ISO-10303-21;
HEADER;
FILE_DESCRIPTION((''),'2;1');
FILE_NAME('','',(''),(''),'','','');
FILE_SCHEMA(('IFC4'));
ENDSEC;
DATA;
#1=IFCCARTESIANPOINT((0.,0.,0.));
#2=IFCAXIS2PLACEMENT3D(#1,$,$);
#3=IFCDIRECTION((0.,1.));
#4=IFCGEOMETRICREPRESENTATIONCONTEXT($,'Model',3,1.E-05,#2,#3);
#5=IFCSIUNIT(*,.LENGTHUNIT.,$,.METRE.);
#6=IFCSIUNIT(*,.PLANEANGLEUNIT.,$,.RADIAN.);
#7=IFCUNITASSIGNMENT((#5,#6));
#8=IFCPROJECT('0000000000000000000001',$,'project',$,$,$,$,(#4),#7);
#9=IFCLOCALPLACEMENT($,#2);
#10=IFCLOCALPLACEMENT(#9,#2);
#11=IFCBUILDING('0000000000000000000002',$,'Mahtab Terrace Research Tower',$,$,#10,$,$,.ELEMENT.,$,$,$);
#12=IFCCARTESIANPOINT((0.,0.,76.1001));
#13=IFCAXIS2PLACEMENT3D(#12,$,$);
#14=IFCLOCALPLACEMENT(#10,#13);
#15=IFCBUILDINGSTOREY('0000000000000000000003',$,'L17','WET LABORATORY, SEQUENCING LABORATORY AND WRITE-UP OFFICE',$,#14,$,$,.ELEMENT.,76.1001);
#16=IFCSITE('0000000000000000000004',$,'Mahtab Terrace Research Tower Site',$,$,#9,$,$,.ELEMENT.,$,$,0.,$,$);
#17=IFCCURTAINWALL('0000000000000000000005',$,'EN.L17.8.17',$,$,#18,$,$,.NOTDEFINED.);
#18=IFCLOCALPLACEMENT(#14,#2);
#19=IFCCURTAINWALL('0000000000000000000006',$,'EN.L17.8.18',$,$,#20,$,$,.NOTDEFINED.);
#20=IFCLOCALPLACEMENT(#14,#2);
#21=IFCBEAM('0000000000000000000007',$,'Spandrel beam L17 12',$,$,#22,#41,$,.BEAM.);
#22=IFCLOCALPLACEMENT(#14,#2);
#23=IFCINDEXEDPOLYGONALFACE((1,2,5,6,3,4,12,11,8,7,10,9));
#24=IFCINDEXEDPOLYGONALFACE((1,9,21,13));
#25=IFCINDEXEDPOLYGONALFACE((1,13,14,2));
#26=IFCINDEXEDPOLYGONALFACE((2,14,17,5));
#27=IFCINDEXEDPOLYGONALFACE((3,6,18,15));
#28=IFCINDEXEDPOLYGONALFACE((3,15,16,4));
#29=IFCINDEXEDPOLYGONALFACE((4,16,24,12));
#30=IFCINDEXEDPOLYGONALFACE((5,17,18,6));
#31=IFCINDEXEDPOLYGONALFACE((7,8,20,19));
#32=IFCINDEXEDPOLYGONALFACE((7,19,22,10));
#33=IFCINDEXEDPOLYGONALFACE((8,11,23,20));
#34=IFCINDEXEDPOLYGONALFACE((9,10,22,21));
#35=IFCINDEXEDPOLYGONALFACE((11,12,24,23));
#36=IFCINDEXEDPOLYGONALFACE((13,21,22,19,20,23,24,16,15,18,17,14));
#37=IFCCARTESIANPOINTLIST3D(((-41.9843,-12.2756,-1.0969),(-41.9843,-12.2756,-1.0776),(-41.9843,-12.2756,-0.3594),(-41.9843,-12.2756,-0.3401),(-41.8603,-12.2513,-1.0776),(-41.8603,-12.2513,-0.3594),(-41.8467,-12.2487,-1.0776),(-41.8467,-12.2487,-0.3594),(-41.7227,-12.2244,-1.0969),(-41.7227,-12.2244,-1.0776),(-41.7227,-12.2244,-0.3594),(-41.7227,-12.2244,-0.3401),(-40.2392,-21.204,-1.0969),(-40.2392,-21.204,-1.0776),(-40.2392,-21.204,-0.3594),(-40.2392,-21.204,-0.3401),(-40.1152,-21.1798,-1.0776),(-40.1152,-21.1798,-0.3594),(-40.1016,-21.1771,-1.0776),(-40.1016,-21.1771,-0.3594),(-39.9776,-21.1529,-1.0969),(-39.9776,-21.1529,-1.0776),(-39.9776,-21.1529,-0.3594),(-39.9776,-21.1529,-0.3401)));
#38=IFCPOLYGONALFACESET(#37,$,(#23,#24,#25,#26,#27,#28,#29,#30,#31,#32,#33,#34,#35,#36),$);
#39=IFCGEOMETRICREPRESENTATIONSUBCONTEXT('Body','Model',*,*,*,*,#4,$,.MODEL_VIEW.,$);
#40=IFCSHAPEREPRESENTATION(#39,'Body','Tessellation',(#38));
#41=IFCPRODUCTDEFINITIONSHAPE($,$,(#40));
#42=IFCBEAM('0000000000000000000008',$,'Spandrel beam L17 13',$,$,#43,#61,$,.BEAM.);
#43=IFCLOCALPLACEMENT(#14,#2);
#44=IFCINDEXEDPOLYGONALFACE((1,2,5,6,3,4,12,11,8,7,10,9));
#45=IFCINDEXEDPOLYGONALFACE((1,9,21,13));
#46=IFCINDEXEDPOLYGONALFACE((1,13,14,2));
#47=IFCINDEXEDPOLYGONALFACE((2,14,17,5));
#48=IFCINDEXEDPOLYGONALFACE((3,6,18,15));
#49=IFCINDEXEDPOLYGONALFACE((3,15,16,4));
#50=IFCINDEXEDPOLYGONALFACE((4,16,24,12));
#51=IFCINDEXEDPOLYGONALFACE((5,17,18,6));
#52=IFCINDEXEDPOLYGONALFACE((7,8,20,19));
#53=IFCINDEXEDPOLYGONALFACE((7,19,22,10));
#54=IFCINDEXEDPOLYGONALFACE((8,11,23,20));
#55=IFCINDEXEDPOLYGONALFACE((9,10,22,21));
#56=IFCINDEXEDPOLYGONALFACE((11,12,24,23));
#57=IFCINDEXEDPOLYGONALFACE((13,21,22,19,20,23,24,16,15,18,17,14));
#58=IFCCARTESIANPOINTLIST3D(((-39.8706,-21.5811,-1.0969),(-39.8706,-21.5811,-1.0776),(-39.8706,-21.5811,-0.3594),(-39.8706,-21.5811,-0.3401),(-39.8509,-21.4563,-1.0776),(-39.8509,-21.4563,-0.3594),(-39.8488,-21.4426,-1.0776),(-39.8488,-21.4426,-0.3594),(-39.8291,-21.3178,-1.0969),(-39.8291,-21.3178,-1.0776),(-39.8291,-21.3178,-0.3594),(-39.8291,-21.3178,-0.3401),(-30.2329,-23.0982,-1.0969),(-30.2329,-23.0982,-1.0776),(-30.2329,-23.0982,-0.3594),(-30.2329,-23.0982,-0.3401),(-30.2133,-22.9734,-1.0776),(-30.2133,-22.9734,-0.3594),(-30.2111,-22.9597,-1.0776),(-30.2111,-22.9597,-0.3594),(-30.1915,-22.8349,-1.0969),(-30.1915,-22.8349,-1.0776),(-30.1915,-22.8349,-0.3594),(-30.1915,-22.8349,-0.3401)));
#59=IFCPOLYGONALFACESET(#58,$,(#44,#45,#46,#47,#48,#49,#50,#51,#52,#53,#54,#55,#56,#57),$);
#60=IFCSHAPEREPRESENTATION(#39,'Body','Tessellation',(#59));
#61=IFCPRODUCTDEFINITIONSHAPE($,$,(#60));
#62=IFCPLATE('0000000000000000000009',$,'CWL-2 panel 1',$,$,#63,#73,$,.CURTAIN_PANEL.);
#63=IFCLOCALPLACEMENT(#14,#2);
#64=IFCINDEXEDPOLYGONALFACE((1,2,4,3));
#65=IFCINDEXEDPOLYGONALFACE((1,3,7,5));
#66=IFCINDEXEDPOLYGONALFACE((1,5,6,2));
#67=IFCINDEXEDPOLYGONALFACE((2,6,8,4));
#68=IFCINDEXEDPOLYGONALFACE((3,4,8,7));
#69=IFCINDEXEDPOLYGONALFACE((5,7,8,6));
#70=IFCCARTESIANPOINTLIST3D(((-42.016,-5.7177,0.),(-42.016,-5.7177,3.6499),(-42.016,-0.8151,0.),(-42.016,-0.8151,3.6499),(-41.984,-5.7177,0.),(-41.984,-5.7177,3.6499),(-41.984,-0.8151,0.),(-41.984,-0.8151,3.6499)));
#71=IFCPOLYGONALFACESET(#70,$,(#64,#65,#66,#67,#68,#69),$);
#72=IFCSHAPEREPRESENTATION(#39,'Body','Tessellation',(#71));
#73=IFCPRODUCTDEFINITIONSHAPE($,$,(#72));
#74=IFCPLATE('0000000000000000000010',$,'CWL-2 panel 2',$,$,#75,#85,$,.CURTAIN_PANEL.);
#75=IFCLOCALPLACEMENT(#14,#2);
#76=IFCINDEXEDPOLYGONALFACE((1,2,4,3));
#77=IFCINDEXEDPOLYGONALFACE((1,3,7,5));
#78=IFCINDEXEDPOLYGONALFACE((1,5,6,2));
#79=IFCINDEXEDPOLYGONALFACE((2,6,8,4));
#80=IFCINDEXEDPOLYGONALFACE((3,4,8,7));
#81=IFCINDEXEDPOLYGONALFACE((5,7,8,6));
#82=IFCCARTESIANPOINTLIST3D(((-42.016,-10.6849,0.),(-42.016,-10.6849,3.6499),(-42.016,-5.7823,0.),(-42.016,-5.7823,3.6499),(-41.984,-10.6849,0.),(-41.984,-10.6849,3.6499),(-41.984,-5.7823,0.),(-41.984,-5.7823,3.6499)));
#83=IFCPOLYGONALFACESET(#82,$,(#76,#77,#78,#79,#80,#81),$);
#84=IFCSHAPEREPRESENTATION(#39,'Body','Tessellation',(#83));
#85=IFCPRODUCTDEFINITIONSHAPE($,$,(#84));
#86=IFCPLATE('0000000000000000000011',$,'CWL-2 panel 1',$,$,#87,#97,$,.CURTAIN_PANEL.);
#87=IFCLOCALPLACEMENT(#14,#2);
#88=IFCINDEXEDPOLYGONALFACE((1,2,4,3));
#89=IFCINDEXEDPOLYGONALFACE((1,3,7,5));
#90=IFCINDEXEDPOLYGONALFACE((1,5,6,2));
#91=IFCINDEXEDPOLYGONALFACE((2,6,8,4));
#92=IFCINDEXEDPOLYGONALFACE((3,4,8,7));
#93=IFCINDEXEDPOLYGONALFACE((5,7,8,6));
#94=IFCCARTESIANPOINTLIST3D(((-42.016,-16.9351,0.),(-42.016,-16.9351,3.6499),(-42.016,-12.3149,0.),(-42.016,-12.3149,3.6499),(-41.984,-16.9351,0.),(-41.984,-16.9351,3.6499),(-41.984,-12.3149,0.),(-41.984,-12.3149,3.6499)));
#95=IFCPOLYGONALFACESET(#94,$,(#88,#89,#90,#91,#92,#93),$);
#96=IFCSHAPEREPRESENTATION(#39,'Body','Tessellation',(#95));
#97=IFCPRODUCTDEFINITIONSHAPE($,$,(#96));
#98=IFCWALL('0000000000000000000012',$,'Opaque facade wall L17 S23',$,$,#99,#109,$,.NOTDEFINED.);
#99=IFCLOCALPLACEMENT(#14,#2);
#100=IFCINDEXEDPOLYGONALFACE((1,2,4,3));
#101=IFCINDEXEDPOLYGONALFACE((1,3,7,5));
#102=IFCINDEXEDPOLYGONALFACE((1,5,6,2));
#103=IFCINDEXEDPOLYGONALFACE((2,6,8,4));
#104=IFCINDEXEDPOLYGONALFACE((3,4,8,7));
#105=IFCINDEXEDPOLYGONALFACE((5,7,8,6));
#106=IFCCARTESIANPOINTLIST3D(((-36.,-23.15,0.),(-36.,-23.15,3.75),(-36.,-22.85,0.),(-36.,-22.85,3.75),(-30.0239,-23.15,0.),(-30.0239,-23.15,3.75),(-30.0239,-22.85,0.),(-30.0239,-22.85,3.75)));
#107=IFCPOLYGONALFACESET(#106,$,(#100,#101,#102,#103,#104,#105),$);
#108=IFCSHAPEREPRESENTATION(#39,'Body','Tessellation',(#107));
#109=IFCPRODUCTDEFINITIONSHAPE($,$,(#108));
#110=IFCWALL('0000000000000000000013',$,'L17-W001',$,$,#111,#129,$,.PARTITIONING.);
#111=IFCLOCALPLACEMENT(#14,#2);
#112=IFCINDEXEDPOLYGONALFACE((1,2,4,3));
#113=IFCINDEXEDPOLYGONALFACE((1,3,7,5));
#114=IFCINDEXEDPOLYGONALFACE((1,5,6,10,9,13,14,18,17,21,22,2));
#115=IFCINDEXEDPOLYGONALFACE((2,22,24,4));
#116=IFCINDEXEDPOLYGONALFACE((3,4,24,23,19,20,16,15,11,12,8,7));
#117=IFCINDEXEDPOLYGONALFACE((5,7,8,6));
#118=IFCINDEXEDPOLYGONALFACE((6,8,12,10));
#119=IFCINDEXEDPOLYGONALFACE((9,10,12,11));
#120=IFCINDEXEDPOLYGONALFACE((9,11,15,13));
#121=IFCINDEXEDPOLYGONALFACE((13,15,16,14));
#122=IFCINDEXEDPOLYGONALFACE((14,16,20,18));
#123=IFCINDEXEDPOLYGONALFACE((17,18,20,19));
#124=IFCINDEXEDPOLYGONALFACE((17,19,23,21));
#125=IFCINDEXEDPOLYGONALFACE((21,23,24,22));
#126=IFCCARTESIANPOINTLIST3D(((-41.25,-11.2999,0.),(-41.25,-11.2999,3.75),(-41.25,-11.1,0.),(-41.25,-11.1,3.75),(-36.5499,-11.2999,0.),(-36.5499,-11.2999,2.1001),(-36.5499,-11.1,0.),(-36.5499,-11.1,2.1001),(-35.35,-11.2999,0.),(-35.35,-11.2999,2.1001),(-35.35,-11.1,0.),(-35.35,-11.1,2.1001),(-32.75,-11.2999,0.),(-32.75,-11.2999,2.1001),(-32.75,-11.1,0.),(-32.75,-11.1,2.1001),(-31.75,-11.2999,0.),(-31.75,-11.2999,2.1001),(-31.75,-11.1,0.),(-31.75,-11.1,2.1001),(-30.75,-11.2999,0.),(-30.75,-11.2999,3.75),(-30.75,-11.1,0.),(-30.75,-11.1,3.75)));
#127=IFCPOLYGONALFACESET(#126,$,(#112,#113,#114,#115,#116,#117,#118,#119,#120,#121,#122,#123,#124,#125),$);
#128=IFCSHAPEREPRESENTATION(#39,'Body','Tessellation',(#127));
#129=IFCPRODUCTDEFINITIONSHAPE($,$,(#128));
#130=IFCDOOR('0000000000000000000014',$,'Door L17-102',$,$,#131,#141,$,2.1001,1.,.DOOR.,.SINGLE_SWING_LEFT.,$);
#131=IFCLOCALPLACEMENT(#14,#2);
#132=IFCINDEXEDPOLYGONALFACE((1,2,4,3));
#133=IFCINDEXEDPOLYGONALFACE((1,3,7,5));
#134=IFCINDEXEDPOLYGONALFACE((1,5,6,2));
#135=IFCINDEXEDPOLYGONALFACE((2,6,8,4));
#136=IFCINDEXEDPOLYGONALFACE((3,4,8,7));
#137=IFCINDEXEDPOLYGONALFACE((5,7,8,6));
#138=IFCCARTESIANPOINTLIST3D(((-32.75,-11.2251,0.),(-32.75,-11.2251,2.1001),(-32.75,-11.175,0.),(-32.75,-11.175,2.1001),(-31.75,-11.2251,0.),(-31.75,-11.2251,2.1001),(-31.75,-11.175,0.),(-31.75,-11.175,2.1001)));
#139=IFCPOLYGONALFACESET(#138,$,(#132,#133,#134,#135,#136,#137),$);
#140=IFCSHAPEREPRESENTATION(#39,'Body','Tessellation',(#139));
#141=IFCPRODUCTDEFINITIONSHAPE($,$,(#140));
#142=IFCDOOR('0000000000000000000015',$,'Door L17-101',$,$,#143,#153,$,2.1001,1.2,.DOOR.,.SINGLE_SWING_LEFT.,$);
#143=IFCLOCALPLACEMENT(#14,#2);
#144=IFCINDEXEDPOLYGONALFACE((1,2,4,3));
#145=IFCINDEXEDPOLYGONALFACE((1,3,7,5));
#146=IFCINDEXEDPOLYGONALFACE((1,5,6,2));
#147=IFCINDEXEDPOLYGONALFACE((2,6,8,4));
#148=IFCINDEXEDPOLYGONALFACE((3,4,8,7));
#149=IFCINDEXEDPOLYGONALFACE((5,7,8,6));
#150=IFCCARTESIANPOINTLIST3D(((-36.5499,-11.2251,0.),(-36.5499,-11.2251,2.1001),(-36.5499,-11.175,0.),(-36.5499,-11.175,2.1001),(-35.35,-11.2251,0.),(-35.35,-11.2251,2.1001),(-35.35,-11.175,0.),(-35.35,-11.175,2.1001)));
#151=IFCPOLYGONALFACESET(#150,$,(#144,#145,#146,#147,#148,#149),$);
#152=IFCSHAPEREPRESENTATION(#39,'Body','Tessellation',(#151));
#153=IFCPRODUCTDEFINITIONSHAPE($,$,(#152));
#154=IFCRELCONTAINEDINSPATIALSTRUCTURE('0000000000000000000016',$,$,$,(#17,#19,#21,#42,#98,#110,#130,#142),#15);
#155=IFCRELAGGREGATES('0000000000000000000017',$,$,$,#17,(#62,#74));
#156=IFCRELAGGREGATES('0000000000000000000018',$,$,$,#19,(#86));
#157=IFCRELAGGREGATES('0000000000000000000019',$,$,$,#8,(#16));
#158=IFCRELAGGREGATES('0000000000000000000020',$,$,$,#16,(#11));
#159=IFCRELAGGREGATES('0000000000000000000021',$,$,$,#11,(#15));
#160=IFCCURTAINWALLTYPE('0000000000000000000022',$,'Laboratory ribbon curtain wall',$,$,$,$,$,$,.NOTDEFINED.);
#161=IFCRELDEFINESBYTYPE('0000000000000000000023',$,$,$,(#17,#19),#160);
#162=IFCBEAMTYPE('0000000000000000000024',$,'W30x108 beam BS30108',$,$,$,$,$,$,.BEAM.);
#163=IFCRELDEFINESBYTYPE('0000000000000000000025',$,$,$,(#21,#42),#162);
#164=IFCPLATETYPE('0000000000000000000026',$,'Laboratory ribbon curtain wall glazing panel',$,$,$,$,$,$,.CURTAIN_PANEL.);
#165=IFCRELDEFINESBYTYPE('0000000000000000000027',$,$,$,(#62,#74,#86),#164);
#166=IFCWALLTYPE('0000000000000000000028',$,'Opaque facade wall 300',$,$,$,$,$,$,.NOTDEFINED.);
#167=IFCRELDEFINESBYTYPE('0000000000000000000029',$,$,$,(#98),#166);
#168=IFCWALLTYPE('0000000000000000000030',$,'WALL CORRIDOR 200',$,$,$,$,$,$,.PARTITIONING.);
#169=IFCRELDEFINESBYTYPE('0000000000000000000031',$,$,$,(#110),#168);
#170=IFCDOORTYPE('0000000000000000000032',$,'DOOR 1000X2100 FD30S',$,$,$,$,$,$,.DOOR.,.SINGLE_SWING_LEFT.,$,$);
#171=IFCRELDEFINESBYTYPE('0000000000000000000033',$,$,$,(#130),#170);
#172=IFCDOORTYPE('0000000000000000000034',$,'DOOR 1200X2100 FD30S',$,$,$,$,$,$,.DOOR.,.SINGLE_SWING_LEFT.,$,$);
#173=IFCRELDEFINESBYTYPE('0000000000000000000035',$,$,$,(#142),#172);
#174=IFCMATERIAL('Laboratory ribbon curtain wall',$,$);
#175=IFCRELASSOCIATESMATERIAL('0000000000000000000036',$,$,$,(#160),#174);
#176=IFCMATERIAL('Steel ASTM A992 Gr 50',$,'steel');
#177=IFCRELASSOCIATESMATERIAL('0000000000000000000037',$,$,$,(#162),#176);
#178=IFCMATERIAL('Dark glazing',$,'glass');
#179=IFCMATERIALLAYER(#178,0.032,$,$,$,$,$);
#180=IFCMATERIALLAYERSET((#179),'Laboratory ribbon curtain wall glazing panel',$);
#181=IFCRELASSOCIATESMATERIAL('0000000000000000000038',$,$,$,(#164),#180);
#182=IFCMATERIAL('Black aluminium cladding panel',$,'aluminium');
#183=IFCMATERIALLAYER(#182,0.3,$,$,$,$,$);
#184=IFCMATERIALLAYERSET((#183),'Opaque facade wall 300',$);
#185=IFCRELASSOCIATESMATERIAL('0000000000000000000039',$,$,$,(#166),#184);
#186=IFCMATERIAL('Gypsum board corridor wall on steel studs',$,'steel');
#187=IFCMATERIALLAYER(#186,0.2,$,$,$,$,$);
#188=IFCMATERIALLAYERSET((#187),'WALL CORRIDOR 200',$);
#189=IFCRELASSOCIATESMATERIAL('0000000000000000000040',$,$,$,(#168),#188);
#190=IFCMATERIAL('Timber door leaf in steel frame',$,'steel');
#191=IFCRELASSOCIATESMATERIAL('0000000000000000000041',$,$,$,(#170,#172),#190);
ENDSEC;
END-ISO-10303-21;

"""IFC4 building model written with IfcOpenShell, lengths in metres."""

from ifc_helpers import new_model, si_unit, direction, frame, frame_2d, origin, origin_2d, place, context, subcontext, project, spatial, rectangle, i_section, extrude, material, layer, layer_set, material_profile, profile_set, type_object, element, fill, aggregate, save


model = new_model("IFC4")

# Units and contexts
model_context = context("Model", 3, precision=1e-05, world=origin(), true_north=direction((0.0, 1.0)))
body_context = subcontext(model_context, "Body", "Model", "MODEL_VIEW")
ifc_project = project(units=[si_unit("LENGTHUNIT", "METRE"), si_unit("PLANEANGLEUNIT", "RADIAN")], contexts=[model_context])

# Site, building, storey
site_placement = place(None, origin())
site = spatial("IfcSite", under=ifc_project, at=site_placement, Name="Mahtab Terrace Research Tower Site", CompositionType="ELEMENT", RefElevation=0.0)
building_placement = place(site_placement, origin())
building = spatial("IfcBuilding", under=site, at=building_placement, Name="Mahtab Terrace Research Tower", CompositionType="ELEMENT")
storey_placement = place(building_placement, frame((0.0, 0.0, 76.1001)))
storey = spatial("IfcBuildingStorey", under=building, at=storey_placement, Name="L17", Description="WET LABORATORY, SEQUENCING LABORATORY AND WRITE-UP OFFICE", CompositionType="ELEMENT", Elevation=76.1001)

# Shared definitions
ifc_material_1 = material(Name="Steel ASTM A992 Gr 50", Category="steel")

# Curtain walls
ifc_material_2 = material(Name="Laboratory ribbon curtain wall")
curtain_wall_type = type_object("IfcCurtainWallType", Name="Laboratory ribbon curtain wall", PredefinedType="NOTDEFINED", material=ifc_material_2)
curtain_wall_1_placement = place(storey_placement, origin())
curtain_wall_1 = element("IfcCurtainWall", 1, at=curtain_wall_1_placement, inside=storey, type_object=curtain_wall_type, Name="EN.L17.8.17", PredefinedType="NOTDEFINED")
curtain_wall_2_placement = place(storey_placement, origin())
curtain_wall_2 = element("IfcCurtainWall", 2, at=curtain_wall_2_placement, inside=storey, type_object=curtain_wall_type, Name="EN.L17.8.18", PredefinedType="NOTDEFINED")

# Beams
ifc_material_profile_1 = material_profile(ifc_material_1, i_section(OverallWidth=0.2666, OverallDepth=0.7568, WebThickness=0.0139, FlangeThickness=0.0193, at=origin_2d()), Name="W30X108")
ifc_profile_set_1 = profile_set([ifc_material_profile_1], Name="Steel ASTM A992 Gr 50")
beam_type = type_object("IfcBeamType", Name="W30x108 beam BS30108", PredefinedType="BEAM", material=ifc_profile_set_1)
beam_1_placement = place(storey_placement, frame((-41.8535, -12.25, -0.7185), z_axis=(0.191826, -0.981429, 0.0), x_axis=(0.981429, 0.191826, 0.0)))
element("IfcBeam", 3, at=beam_1_placement, inside=storey, type_object=beam_type, Name="Spandrel beam L17 12", PredefinedType="BEAM", context=body_context, shape_type="SweptSolid", body=[
    extrude(i_section(OverallWidth=0.2666, OverallDepth=0.7568, WebThickness=0.0139, FlangeThickness=0.0193, at=origin_2d()), origin(), (0.0, 0.0, 1.0), 9.0974),
])
beam_2_placement = place(storey_placement, frame((-39.8499, -21.4495, -0.7185), z_axis=(0.987836, -0.155497, 0.0), x_axis=(0.155497, 0.987836, 0.0)))
element("IfcBeam", 4, at=beam_2_placement, inside=storey, type_object=beam_type, Name="Spandrel beam L17 13", PredefinedType="BEAM", context=body_context, shape_type="SweptSolid", body=[
    extrude(i_section(OverallWidth=0.2666, OverallDepth=0.7568, WebThickness=0.0139, FlangeThickness=0.0193, at=origin_2d()), origin(), (0.0, 0.0, 1.0), 9.7563),
])

# Plates
ifc_material_3 = material(Name="Dark glazing", Category="glass")
ifc_layer_1 = layer(ifc_material_3, 0.032)
ifc_layer_set_1 = layer_set([ifc_layer_1], Name="Laboratory ribbon curtain wall glazing panel")
plate_type = type_object("IfcPlateType", Name="Laboratory ribbon curtain wall glazing panel", PredefinedType="CURTAIN_PANEL", material=ifc_layer_set_1)
plate_1_placement = place(storey_placement, frame((-42.0, -3.2664, 0.0), z_axis=(0.0, 0.0, 1.0), x_axis=(0.0, -1.0, 0.0)))
plate_1 = element("IfcPlate", 5, at=plate_1_placement, type_object=plate_type, Name="CWL-2 panel 1", PredefinedType="CURTAIN_PANEL", context=body_context, shape_type="SweptSolid", body=[
    extrude(rectangle(XDim=4.9026, YDim=0.032, at=origin_2d()), origin(), (0.0, 0.0, 1.0), 3.6499),
])
plate_2_placement = place(storey_placement, frame((-42.0, -8.2336, 0.0), z_axis=(0.0, 0.0, 1.0), x_axis=(0.0, -1.0, 0.0)))
plate_2 = element("IfcPlate", 6, at=plate_2_placement, type_object=plate_type, Name="CWL-2 panel 2", PredefinedType="CURTAIN_PANEL", context=body_context, shape_type="SweptSolid", body=[
    extrude(rectangle(XDim=4.9026, YDim=0.032, at=origin_2d()), origin(), (0.0, 0.0, 1.0), 3.6499),
])
aggregate(curtain_wall_1, [plate_1, plate_2])
plate_3_placement = place(storey_placement, frame((-42.0, -14.625, 0.0), z_axis=(0.0, 0.0, 1.0), x_axis=(0.0, -1.0, 0.0)))
plate_3 = element("IfcPlate", 7, at=plate_3_placement, type_object=plate_type, Name="CWL-2 panel 1", PredefinedType="CURTAIN_PANEL", context=body_context, shape_type="SweptSolid", body=[
    extrude(rectangle(XDim=4.6201, YDim=0.032, at=origin_2d()), origin(), (0.0, 0.0, 1.0), 3.6499),
])
aggregate(curtain_wall_2, [plate_3])

# Wall
ifc_material_4 = material(Name="Black aluminium cladding panel", Category="aluminium")
ifc_layer_2 = layer(ifc_material_4, 0.3)
ifc_layer_set_2 = layer_set([ifc_layer_2], Name="Opaque facade wall 300")
wall_type_1 = type_object("IfcWallType", Name="Opaque facade wall 300", PredefinedType="NOTDEFINED", material=ifc_layer_set_2)
wall_1_placement = place(storey_placement, frame((-36.0, -23.0, 0.0), z_axis=(0.0, 0.0, 1.0), x_axis=(1.0, 0.0, 0.0)))
element("IfcWall", 8, at=wall_1_placement, inside=storey, type_object=wall_type_1, Name="Opaque facade wall L17 S23", PredefinedType="NOTDEFINED", context=body_context, shape_type="SweptSolid", body=[
    extrude(rectangle(XDim=5.9761, YDim=0.3, at=frame_2d((2.988, 0.0))), origin(), (0.0, 0.0, 1.0), 3.75),
])

# Wall, openings, doors
ifc_material_5 = material(Name="Gypsum board corridor wall on steel studs", Category="steel")
ifc_layer_3 = layer(ifc_material_5, 0.2)
ifc_layer_set_3 = layer_set([ifc_layer_3], Name="WALL CORRIDOR 200")
wall_type_2 = type_object("IfcWallType", Name="WALL CORRIDOR 200", PredefinedType="PARTITIONING", material=ifc_layer_set_3)
wall_2_placement = place(storey_placement, frame((-41.25, -11.2, 0.0), z_axis=(0.0, 0.0, 1.0), x_axis=(1.0, 0.0, 0.0)))
wall_2 = element("IfcWall", 9, at=wall_2_placement, inside=storey, type_object=wall_type_2, Name="L17-W001", PredefinedType="PARTITIONING", context=body_context, shape_type="SweptSolid", body=[
    extrude(rectangle(XDim=10.5, YDim=0.2, at=frame_2d((5.25, 0.0))), origin(), (0.0, 0.0, 1.0), 3.75),
])
opening_1_placement = place(wall_2_placement, frame((4.7, 0.0, 0.0)))
opening_1 = element("IfcOpeningElement", 10, at=opening_1_placement, cuts=wall_2, PredefinedType="OPENING", context=body_context, shape_type="SweptSolid", body=[
    extrude(rectangle(XDim=1.2, YDim=2.1001, at=frame_2d((0.6001, 1.05))), frame((0.0, 0.1099, 0.0), z_axis=(0.0, -1.0, 0.0), x_axis=(1.0, 0.0, 0.0)), (0.0, 0.0, 1.0), 0.22),
])
opening_2_placement = place(wall_2_placement, frame((8.5, 0.0, 0.0)))
opening_2 = element("IfcOpeningElement", 11, at=opening_2_placement, cuts=wall_2, PredefinedType="OPENING", context=body_context, shape_type="SweptSolid", body=[
    extrude(rectangle(XDim=1.0, YDim=2.1001, at=frame_2d((0.5, 1.05))), frame((0.0, 0.1099, 0.0), z_axis=(0.0, -1.0, 0.0), x_axis=(1.0, 0.0, 0.0)), (0.0, 0.0, 1.0), 0.22),
])
ifc_material_6 = material(Name="Timber door leaf in steel frame", Category="steel")
door_type_1 = type_object("IfcDoorType", Name="DOOR 1000X2100 FD30S", OperationType="SINGLE_SWING_LEFT", PredefinedType="DOOR", material=ifc_material_6)
door_1_placement = place(opening_2_placement, origin())
door_1 = element("IfcDoor", 12, at=door_1_placement, inside=storey, type_object=door_type_1, Name="Door L17-102", OperationType="SINGLE_SWING_LEFT", OverallHeight=2.1001, OverallWidth=1.0, PredefinedType="DOOR", context=body_context, shape_type="SweptSolid", body=[
    extrude(rectangle(XDim=1.0, YDim=2.1001, at=frame_2d((0.5, 1.05))), frame((0.0, 0.0249, 0.0), z_axis=(0.0, -1.0, 0.0), x_axis=(1.0, 0.0, 0.0)), (0.0, 0.0, 1.0), 0.05),
])
fill(opening_2, door_1)
door_type_2 = type_object("IfcDoorType", Name="DOOR 1200X2100 FD30S", OperationType="SINGLE_SWING_LEFT", PredefinedType="DOOR", material=ifc_material_6)
door_2_placement = place(opening_1_placement, origin())
door_2 = element("IfcDoor", 13, at=door_2_placement, inside=storey, type_object=door_type_2, Name="Door L17-101", OperationType="SINGLE_SWING_LEFT", OverallHeight=2.1001, OverallWidth=1.2, PredefinedType="DOOR", context=body_context, shape_type="SweptSolid", body=[
    extrude(rectangle(XDim=1.2, YDim=2.1001, at=frame_2d((0.6001, 1.05))), frame((0.0, 0.0249, 0.0), z_axis=(0.0, -1.0, 0.0), x_axis=(1.0, 0.0, 0.0)), (0.0, 0.0, 1.0), 0.05),
])
fill(opening_1, door_2)

save(model, "model.ifc")
